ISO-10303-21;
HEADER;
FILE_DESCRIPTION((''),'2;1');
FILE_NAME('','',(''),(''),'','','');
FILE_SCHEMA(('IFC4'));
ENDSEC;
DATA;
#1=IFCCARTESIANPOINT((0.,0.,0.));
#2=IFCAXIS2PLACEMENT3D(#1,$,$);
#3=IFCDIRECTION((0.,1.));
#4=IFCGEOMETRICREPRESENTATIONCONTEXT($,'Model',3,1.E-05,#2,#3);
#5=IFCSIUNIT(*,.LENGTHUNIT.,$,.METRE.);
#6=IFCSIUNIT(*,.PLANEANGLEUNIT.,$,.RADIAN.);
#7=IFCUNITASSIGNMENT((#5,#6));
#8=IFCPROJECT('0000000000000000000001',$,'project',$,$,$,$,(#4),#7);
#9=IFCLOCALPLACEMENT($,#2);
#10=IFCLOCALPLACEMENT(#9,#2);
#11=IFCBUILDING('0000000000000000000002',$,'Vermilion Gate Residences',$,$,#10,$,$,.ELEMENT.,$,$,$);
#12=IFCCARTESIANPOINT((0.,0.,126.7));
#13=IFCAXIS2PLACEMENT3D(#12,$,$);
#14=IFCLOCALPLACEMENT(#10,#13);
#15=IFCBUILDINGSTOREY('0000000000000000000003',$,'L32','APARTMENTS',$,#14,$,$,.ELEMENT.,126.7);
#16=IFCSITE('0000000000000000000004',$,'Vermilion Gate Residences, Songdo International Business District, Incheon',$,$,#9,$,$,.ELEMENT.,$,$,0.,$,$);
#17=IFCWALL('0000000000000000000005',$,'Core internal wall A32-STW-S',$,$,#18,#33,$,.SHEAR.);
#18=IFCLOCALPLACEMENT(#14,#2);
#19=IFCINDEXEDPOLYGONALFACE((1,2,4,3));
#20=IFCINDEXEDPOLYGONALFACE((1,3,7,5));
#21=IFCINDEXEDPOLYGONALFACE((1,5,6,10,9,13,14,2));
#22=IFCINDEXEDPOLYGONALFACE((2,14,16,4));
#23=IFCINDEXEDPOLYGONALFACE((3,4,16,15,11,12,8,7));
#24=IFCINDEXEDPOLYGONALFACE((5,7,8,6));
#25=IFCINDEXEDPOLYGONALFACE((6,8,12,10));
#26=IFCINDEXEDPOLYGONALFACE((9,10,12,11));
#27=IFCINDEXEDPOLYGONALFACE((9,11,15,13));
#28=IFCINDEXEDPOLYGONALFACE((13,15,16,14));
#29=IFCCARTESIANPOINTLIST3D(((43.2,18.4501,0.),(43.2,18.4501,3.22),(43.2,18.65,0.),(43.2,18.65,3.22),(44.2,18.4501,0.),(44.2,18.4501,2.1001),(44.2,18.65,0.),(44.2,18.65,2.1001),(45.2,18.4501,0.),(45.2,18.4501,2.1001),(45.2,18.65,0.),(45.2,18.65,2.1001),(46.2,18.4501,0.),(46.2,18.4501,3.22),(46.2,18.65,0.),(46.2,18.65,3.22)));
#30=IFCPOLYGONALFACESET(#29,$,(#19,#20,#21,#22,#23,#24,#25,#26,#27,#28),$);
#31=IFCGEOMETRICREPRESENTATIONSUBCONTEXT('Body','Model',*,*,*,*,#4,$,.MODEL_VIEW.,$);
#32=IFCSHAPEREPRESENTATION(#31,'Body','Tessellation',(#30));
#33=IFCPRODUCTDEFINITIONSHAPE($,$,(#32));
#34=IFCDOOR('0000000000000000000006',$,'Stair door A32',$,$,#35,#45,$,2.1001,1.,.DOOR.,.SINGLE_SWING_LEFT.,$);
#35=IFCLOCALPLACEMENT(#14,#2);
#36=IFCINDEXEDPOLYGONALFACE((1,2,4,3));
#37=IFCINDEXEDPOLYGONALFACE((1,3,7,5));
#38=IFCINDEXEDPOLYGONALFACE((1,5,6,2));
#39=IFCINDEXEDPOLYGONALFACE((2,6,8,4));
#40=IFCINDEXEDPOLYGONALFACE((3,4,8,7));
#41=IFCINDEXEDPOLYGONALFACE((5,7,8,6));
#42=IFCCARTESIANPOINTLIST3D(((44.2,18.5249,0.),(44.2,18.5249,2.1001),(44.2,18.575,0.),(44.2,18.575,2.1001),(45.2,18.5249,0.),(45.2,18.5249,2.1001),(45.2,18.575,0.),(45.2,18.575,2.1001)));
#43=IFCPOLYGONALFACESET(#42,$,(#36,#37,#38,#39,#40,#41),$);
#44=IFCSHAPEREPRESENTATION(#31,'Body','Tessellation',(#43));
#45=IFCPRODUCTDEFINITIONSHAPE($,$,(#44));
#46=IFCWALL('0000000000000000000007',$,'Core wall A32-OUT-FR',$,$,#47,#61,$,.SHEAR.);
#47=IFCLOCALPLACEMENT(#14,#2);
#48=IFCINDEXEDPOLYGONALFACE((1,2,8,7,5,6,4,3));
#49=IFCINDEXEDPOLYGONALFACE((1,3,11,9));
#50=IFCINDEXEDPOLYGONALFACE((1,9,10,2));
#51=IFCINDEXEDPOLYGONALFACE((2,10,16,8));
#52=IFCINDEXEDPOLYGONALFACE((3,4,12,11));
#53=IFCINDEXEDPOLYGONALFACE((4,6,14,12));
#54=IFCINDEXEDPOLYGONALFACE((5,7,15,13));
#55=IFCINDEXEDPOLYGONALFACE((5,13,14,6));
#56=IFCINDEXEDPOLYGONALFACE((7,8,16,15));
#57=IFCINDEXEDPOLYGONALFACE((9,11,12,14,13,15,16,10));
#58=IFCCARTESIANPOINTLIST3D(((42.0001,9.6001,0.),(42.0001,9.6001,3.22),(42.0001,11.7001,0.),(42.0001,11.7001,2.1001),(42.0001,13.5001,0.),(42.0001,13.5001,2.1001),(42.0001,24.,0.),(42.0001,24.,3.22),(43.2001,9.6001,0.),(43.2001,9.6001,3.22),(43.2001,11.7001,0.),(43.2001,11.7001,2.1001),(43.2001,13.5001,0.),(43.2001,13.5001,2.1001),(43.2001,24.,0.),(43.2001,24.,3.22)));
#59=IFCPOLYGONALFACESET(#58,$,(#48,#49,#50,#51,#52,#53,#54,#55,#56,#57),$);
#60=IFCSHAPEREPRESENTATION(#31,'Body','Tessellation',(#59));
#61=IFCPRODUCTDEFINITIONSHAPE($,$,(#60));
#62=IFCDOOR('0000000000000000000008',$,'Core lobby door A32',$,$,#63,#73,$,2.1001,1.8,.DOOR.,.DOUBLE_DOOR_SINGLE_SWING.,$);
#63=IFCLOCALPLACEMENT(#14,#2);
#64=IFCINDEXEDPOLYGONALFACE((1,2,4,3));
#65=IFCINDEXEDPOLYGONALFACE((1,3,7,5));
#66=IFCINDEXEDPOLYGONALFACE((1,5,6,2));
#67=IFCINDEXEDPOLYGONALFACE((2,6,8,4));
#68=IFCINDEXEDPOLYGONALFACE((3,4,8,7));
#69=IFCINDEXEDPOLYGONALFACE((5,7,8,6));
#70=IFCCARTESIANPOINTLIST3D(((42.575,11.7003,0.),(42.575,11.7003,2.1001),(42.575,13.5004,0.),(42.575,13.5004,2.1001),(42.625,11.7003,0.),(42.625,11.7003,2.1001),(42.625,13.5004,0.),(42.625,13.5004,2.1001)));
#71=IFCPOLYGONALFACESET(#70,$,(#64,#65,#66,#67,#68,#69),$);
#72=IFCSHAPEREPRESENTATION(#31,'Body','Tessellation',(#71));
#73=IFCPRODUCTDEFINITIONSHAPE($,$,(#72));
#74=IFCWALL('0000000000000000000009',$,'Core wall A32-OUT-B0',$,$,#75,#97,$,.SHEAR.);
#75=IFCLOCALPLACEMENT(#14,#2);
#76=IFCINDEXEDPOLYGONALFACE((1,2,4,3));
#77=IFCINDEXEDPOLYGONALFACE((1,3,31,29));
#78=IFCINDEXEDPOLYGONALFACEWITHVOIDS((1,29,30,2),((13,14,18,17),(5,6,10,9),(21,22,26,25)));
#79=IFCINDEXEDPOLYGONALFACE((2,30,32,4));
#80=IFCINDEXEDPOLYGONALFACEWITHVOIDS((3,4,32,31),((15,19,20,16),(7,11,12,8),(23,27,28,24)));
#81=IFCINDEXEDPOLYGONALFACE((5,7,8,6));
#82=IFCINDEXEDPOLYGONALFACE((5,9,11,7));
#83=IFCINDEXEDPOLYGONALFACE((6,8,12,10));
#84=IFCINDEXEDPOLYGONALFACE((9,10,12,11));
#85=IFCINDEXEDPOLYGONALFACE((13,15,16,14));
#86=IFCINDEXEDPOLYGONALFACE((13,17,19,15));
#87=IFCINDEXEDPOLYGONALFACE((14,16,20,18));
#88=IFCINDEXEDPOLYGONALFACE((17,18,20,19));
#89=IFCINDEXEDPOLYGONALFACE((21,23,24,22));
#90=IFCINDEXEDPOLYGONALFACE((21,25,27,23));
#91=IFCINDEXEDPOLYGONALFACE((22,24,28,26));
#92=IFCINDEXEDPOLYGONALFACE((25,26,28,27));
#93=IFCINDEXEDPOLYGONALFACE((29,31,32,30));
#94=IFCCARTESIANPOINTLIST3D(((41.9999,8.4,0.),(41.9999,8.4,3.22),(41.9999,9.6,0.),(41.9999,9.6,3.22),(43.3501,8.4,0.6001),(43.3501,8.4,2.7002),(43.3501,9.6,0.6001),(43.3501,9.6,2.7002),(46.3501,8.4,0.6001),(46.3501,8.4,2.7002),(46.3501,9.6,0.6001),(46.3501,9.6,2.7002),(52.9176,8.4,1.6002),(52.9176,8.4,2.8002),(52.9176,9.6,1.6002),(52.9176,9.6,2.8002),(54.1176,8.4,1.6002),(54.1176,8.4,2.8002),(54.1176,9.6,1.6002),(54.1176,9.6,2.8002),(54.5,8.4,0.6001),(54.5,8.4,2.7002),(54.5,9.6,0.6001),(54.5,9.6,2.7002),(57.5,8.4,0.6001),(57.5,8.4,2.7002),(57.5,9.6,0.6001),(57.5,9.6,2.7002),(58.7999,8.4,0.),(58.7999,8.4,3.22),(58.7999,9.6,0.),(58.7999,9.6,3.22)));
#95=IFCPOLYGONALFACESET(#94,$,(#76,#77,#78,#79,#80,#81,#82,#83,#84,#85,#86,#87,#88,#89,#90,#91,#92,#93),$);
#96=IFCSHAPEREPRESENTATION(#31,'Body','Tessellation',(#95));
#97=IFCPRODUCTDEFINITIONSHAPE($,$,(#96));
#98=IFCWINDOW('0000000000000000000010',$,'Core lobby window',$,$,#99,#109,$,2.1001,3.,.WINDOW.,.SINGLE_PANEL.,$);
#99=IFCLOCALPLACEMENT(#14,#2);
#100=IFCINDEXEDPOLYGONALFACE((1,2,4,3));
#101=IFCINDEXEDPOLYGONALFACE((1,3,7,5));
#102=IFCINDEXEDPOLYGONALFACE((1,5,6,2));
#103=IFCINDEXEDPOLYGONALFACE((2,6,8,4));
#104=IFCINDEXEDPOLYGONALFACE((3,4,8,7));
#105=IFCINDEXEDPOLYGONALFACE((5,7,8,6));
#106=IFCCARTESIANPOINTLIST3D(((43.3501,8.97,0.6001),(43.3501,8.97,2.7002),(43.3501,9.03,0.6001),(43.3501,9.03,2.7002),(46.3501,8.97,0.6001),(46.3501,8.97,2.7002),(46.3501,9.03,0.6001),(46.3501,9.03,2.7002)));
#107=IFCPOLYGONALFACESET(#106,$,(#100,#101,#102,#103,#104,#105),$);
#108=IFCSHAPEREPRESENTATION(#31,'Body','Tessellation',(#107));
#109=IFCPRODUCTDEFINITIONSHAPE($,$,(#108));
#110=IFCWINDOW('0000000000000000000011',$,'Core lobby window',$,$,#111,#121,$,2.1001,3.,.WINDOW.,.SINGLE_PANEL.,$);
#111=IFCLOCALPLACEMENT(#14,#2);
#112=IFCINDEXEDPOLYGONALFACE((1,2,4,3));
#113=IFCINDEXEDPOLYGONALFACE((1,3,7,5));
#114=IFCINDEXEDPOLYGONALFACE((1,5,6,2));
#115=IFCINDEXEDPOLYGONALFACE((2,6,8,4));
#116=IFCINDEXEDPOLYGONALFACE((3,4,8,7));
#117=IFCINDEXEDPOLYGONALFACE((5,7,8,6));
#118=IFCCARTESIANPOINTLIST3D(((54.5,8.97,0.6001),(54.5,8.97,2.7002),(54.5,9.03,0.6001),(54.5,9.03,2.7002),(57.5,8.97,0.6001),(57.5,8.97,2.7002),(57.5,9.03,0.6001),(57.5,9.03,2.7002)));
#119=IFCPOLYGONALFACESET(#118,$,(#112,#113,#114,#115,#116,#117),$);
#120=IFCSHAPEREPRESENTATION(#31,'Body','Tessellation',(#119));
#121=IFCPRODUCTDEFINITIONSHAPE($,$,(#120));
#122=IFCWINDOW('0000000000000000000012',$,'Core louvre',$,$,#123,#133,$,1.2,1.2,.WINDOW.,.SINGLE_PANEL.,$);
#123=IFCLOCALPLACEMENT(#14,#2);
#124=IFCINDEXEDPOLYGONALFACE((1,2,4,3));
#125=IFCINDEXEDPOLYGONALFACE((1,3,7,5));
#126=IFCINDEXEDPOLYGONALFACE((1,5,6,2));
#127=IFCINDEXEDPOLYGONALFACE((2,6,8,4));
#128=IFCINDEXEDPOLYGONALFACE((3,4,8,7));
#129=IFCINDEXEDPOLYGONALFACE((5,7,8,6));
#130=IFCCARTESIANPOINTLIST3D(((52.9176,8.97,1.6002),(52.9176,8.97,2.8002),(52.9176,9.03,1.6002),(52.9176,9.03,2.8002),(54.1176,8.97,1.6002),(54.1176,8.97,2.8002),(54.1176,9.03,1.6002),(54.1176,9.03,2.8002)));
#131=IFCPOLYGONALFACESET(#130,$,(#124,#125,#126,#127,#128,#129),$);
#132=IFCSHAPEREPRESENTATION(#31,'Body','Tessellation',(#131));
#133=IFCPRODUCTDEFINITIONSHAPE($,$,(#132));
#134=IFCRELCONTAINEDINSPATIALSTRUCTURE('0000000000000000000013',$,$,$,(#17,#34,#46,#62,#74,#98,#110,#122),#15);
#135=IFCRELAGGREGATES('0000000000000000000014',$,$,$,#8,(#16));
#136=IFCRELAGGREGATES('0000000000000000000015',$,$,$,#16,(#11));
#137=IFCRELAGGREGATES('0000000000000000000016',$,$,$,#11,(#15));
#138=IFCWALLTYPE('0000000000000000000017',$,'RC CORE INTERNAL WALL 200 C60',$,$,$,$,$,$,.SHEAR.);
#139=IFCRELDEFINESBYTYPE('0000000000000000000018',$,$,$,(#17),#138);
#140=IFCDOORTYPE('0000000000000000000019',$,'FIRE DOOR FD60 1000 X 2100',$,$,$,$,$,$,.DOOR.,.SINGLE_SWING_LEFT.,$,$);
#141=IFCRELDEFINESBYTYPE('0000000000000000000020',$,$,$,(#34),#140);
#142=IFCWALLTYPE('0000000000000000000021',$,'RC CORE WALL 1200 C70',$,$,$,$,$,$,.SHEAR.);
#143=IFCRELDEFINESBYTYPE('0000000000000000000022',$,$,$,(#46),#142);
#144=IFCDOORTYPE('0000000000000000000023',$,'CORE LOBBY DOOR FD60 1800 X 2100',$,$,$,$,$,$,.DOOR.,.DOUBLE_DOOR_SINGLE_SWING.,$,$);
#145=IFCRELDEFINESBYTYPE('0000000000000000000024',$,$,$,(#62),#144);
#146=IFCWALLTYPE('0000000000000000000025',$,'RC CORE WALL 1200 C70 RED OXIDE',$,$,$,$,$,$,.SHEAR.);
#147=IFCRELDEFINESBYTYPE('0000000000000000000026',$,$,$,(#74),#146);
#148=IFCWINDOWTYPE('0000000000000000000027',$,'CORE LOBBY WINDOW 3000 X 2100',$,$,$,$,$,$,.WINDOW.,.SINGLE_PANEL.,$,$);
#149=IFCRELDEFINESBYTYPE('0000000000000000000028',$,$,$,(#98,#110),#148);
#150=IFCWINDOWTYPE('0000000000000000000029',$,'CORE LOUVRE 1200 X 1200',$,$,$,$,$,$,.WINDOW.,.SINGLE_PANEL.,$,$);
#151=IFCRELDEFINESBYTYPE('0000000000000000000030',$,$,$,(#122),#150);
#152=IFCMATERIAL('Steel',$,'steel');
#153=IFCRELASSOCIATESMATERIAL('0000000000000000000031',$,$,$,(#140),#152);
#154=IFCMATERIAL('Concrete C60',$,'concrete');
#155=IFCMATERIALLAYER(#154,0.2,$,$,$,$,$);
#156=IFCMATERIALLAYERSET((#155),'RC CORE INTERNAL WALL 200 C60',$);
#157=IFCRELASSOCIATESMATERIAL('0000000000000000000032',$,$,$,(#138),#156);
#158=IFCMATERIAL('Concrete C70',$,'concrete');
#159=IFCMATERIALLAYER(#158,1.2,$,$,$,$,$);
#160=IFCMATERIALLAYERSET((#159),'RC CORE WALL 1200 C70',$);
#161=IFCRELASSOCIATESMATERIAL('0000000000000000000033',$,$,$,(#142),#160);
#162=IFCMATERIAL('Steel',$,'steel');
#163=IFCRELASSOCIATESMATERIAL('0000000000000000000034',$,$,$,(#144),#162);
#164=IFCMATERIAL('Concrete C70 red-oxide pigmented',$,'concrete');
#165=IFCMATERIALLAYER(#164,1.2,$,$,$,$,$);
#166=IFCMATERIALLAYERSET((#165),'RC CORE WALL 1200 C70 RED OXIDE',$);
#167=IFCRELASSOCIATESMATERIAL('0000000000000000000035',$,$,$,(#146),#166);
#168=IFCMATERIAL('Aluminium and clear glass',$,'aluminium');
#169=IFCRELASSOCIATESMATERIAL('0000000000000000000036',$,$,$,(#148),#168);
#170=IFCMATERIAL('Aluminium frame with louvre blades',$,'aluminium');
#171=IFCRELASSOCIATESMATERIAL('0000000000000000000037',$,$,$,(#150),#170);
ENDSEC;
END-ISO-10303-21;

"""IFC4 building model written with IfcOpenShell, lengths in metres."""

from ifc_helpers import new_model, si_unit, direction, frame, frame_2d, origin, place, context, subcontext, project, spatial, rectangle, extrude, material, layer, layer_set, type_object, element, fill, save


model = new_model("IFC4")

# Units and contexts
model_context = context("Model", 3, precision=1e-05, world=origin(), true_north=direction((0.0, 1.0)))
body_context = subcontext(model_context, "Body", "Model", "MODEL_VIEW")
ifc_project = project(units=[si_unit("LENGTHUNIT", "METRE"), si_unit("PLANEANGLEUNIT", "RADIAN")], contexts=[model_context])

# Site, building, storey
site_placement = place(None, origin())
site = spatial("IfcSite", under=ifc_project, at=site_placement, Name="Vermilion Gate Residences, Songdo International Business District, Incheon", CompositionType="ELEMENT", RefElevation=0.0)
building_placement = place(site_placement, origin())
building = spatial("IfcBuilding", under=site, at=building_placement, Name="Vermilion Gate Residences", CompositionType="ELEMENT")
storey_placement = place(building_placement, frame((0.0, 0.0, 126.7)))
storey = spatial("IfcBuildingStorey", under=building, at=storey_placement, Name="L32", Description="APARTMENTS", CompositionType="ELEMENT", Elevation=126.7)

# Shared definitions
ifc_material_1 = material(Name="Steel", Category="steel")
door_type_1 = type_object("IfcDoorType", Name="FIRE DOOR FD60 1000 X 2100", OperationType="SINGLE_SWING_LEFT", PredefinedType="DOOR", material=ifc_material_1)

# Shared definitions
ifc_material_2 = material(Name="Concrete C60", Category="concrete")
ifc_layer_1 = layer(ifc_material_2, 0.2)
ifc_layer_set_1 = layer_set([ifc_layer_1], Name="RC CORE INTERNAL WALL 200 C60")
wall_type_1 = type_object("IfcWallType", Name="RC CORE INTERNAL WALL 200 C60", PredefinedType="SHEAR", material=ifc_layer_set_1)

# Walls, openings, doors
wall_1_placement = place(storey_placement, frame((43.2, 18.55, 0.0), z_axis=(0.0, 0.0, 1.0), x_axis=(1.0, 0.0, 0.0)))
wall_1 = element("IfcWall", 1, at=wall_1_placement, inside=storey, type_object=wall_type_1, Name="Core internal wall A32-STW-S", PredefinedType="SHEAR", context=body_context, shape_type="SweptSolid", body=[
    extrude(rectangle(XDim=3.0, YDim=0.2, at=frame_2d((1.5, 0.0))), origin(), (0.0, 0.0, 1.0), 3.22),
])
opening_1_placement = place(wall_1_placement, frame((1.0, 0.0, 0.0)))
opening_1 = element("IfcOpeningElement", 2, at=opening_1_placement, cuts=wall_1, PredefinedType="OPENING", context=body_context, shape_type="SweptSolid", body=[
    extrude(rectangle(XDim=1.0, YDim=2.1001, at=frame_2d((0.5, 1.05))), frame((0.0, 0.1099, 0.0), z_axis=(0.0, -1.0, 0.0), x_axis=(1.0, 0.0, 0.0)), (0.0, 0.0, 1.0), 0.22),
])
door_1_placement = place(opening_1_placement, origin())
door_1 = element("IfcDoor", 3, at=door_1_placement, inside=storey, type_object=door_type_1, Name="Stair door A32", OperationType="SINGLE_SWING_LEFT", OverallHeight=2.1001, OverallWidth=1.0, PredefinedType="DOOR", context=body_context, shape_type="SweptSolid", body=[
    extrude(rectangle(XDim=1.0, YDim=2.1001, at=frame_2d((0.5, 1.05))), frame((0.0, 0.0249, 0.0), z_axis=(0.0, -1.0, 0.0), x_axis=(1.0, 0.0, 0.0)), (0.0, 0.0, 1.0), 0.05),
])
fill(opening_1, door_1)
ifc_material_3 = material(Name="Concrete C70", Category="concrete")
ifc_layer_2 = layer(ifc_material_3, 1.2)
ifc_layer_set_2 = layer_set([ifc_layer_2], Name="RC CORE WALL 1200 C70")
wall_type_2 = type_object("IfcWallType", Name="RC CORE WALL 1200 C70", PredefinedType="SHEAR", material=ifc_layer_set_2)
wall_2_placement = place(storey_placement, frame((42.6001, 9.6001, 0.0), z_axis=(0.0, 0.0, 1.0), x_axis=(0.0, 1.0, 0.0)))
wall_2 = element("IfcWall", 4, at=wall_2_placement, inside=storey, type_object=wall_type_2, Name="Core wall A32-OUT-FR", PredefinedType="SHEAR", context=body_context, shape_type="SweptSolid", body=[
    extrude(rectangle(XDim=14.3999, YDim=1.2, at=frame_2d((7.2, 0.0))), origin(), (0.0, 0.0, 1.0), 3.22),
])
opening_2_placement = place(wall_2_placement, frame((2.1001, 0.0, 0.0)))
opening_2 = element("IfcOpeningElement", 5, at=opening_2_placement, cuts=wall_2, PredefinedType="OPENING", context=body_context, shape_type="SweptSolid", body=[
    extrude(rectangle(XDim=1.8, YDim=2.1001, at=frame_2d((0.8999, 1.05))), frame((0.0, 0.6099, 0.0), z_axis=(0.0, -1.0, 0.0), x_axis=(1.0, 0.0, 0.0)), (0.0, 0.0, 1.0), 1.22),
])
ifc_material_4 = material(Name="Steel", Category="steel")
door_type_2 = type_object("IfcDoorType", Name="CORE LOBBY DOOR FD60 1800 X 2100", OperationType="DOUBLE_DOOR_SINGLE_SWING", PredefinedType="DOOR", material=ifc_material_4)
door_2_placement = place(opening_2_placement, frame((1.8, 0.0, 0.0), z_axis=(0.0, 0.0, 1.0), x_axis=(-1.0, 0.0, 0.0)))
door_2 = element("IfcDoor", 6, at=door_2_placement, inside=storey, type_object=door_type_2, Name="Core lobby door A32", OperationType="DOUBLE_DOOR_SINGLE_SWING", OverallHeight=2.1001, OverallWidth=1.8, PredefinedType="DOOR", context=body_context, shape_type="SweptSolid", body=[
    extrude(rectangle(XDim=1.8, YDim=2.1001, at=frame_2d((0.8999, 1.05))), frame((0.0, 0.0249, 0.0), z_axis=(0.0, -1.0, 0.0), x_axis=(1.0, 0.0, 0.0)), (0.0, 0.0, 1.0), 0.05),
])
fill(opening_2, door_2)

# Wall, openings, windows
ifc_material_5 = material(Name="Concrete C70 red-oxide pigmented", Category="concrete")
ifc_layer_3 = layer(ifc_material_5, 1.2)
ifc_layer_set_3 = layer_set([ifc_layer_3], Name="RC CORE WALL 1200 C70 RED OXIDE")
wall_type_3 = type_object("IfcWallType", Name="RC CORE WALL 1200 C70 RED OXIDE", PredefinedType="SHEAR", material=ifc_layer_set_3)
wall_3_placement = place(storey_placement, frame((42.0, 9.0, 0.0), z_axis=(0.0, 0.0, 1.0), x_axis=(1.0, 0.0, 0.0)))
wall_3 = element("IfcWall", 7, at=wall_3_placement, inside=storey, type_object=wall_type_3, Name="Core wall A32-OUT-B0", PredefinedType="SHEAR", context=body_context, shape_type="SweptSolid", body=[
    extrude(rectangle(XDim=16.8, YDim=1.2, at=frame_2d((8.3999, 0.0))), origin(), (0.0, 0.0, 1.0), 3.22),
])
opening_3_placement = place(wall_3_placement, frame((1.3501, 0.0, 0.6001)))
opening_3 = element("IfcOpeningElement", 8, at=opening_3_placement, cuts=wall_3, PredefinedType="OPENING", context=body_context, shape_type="SweptSolid", body=[
    extrude(rectangle(XDim=3.0, YDim=2.1001, at=frame_2d((1.5, 1.05))), frame((0.0, 0.6099, 0.0), z_axis=(0.0, -1.0, 0.0), x_axis=(1.0, 0.0, 0.0)), (0.0, 0.0, 1.0), 1.22),
])
opening_4_placement = place(wall_3_placement, frame((10.9175, 0.0, 1.6001)))
opening_4 = element("IfcOpeningElement", 9, at=opening_4_placement, cuts=wall_3, PredefinedType="OPENING", context=body_context, shape_type="SweptSolid", body=[
    extrude(rectangle(XDim=1.2, YDim=1.2, at=frame_2d((0.6001, 0.6001))), frame((0.0, 0.6099, 0.0), z_axis=(0.0, -1.0, 0.0), x_axis=(1.0, 0.0, 0.0)), (0.0, 0.0, 1.0), 1.22),
])
opening_5_placement = place(wall_3_placement, frame((12.5, 0.0, 0.6001)))
opening_5 = element("IfcOpeningElement", 10, at=opening_5_placement, cuts=wall_3, PredefinedType="OPENING", context=body_context, shape_type="SweptSolid", body=[
    extrude(rectangle(XDim=3.0, YDim=2.1001, at=frame_2d((1.5, 1.05))), frame((0.0, 0.6099, 0.0), z_axis=(0.0, -1.0, 0.0), x_axis=(1.0, 0.0, 0.0)), (0.0, 0.0, 1.0), 1.22),
])
ifc_material_6 = material(Name="Aluminium and clear glass", Category="aluminium")
window_type_1 = type_object("IfcWindowType", Name="CORE LOBBY WINDOW 3000 X 2100", PartitioningType="SINGLE_PANEL", PredefinedType="WINDOW", material=ifc_material_6)
window_1_placement = place(opening_3_placement, origin())
window_1 = element("IfcWindow", 11, at=window_1_placement, inside=storey, type_object=window_type_1, Name="Core lobby window", OverallHeight=2.1001, OverallWidth=3.0, PartitioningType="SINGLE_PANEL", PredefinedType="WINDOW", context=body_context, shape_type="SweptSolid", body=[
    extrude(rectangle(XDim=3.0, YDim=2.1001, at=frame_2d((1.5, 1.05))), frame((0.0, 0.03, 0.0), z_axis=(0.0, -1.0, 0.0), x_axis=(1.0, 0.0, 0.0)), (0.0, 0.0, 1.0), 0.0601),
])
fill(opening_3, window_1)
window_2_placement = place(opening_5_placement, origin())
window_2 = element("IfcWindow", 12, at=window_2_placement, inside=storey, type_object=window_type_1, Name="Core lobby window", OverallHeight=2.1001, OverallWidth=3.0, PartitioningType="SINGLE_PANEL", PredefinedType="WINDOW", context=body_context, shape_type="SweptSolid", body=[
    extrude(rectangle(XDim=3.0, YDim=2.1001, at=frame_2d((1.5, 1.05))), frame((0.0, 0.03, 0.0), z_axis=(0.0, -1.0, 0.0), x_axis=(1.0, 0.0, 0.0)), (0.0, 0.0, 1.0), 0.0601),
])
fill(opening_5, window_2)
ifc_material_7 = material(Name="Aluminium frame with louvre blades", Category="aluminium")
window_type_2 = type_object("IfcWindowType", Name="CORE LOUVRE 1200 X 1200", PartitioningType="SINGLE_PANEL", PredefinedType="WINDOW", material=ifc_material_7)
window_3_placement = place(opening_4_placement, origin())
window_3 = element("IfcWindow", 13, at=window_3_placement, inside=storey, type_object=window_type_2, Name="Core louvre", OverallHeight=1.2, OverallWidth=1.2, PartitioningType="SINGLE_PANEL", PredefinedType="WINDOW", context=body_context, shape_type="SweptSolid", body=[
    extrude(rectangle(XDim=1.2, YDim=1.2, at=frame_2d((0.6001, 0.6001))), frame((0.0, 0.03, 0.0), z_axis=(0.0, -1.0, 0.0), x_axis=(1.0, 0.0, 0.0)), (0.0, 0.0, 1.0), 0.0601),
])
fill(opening_4, window_3)

save(model, "model.ifc")
